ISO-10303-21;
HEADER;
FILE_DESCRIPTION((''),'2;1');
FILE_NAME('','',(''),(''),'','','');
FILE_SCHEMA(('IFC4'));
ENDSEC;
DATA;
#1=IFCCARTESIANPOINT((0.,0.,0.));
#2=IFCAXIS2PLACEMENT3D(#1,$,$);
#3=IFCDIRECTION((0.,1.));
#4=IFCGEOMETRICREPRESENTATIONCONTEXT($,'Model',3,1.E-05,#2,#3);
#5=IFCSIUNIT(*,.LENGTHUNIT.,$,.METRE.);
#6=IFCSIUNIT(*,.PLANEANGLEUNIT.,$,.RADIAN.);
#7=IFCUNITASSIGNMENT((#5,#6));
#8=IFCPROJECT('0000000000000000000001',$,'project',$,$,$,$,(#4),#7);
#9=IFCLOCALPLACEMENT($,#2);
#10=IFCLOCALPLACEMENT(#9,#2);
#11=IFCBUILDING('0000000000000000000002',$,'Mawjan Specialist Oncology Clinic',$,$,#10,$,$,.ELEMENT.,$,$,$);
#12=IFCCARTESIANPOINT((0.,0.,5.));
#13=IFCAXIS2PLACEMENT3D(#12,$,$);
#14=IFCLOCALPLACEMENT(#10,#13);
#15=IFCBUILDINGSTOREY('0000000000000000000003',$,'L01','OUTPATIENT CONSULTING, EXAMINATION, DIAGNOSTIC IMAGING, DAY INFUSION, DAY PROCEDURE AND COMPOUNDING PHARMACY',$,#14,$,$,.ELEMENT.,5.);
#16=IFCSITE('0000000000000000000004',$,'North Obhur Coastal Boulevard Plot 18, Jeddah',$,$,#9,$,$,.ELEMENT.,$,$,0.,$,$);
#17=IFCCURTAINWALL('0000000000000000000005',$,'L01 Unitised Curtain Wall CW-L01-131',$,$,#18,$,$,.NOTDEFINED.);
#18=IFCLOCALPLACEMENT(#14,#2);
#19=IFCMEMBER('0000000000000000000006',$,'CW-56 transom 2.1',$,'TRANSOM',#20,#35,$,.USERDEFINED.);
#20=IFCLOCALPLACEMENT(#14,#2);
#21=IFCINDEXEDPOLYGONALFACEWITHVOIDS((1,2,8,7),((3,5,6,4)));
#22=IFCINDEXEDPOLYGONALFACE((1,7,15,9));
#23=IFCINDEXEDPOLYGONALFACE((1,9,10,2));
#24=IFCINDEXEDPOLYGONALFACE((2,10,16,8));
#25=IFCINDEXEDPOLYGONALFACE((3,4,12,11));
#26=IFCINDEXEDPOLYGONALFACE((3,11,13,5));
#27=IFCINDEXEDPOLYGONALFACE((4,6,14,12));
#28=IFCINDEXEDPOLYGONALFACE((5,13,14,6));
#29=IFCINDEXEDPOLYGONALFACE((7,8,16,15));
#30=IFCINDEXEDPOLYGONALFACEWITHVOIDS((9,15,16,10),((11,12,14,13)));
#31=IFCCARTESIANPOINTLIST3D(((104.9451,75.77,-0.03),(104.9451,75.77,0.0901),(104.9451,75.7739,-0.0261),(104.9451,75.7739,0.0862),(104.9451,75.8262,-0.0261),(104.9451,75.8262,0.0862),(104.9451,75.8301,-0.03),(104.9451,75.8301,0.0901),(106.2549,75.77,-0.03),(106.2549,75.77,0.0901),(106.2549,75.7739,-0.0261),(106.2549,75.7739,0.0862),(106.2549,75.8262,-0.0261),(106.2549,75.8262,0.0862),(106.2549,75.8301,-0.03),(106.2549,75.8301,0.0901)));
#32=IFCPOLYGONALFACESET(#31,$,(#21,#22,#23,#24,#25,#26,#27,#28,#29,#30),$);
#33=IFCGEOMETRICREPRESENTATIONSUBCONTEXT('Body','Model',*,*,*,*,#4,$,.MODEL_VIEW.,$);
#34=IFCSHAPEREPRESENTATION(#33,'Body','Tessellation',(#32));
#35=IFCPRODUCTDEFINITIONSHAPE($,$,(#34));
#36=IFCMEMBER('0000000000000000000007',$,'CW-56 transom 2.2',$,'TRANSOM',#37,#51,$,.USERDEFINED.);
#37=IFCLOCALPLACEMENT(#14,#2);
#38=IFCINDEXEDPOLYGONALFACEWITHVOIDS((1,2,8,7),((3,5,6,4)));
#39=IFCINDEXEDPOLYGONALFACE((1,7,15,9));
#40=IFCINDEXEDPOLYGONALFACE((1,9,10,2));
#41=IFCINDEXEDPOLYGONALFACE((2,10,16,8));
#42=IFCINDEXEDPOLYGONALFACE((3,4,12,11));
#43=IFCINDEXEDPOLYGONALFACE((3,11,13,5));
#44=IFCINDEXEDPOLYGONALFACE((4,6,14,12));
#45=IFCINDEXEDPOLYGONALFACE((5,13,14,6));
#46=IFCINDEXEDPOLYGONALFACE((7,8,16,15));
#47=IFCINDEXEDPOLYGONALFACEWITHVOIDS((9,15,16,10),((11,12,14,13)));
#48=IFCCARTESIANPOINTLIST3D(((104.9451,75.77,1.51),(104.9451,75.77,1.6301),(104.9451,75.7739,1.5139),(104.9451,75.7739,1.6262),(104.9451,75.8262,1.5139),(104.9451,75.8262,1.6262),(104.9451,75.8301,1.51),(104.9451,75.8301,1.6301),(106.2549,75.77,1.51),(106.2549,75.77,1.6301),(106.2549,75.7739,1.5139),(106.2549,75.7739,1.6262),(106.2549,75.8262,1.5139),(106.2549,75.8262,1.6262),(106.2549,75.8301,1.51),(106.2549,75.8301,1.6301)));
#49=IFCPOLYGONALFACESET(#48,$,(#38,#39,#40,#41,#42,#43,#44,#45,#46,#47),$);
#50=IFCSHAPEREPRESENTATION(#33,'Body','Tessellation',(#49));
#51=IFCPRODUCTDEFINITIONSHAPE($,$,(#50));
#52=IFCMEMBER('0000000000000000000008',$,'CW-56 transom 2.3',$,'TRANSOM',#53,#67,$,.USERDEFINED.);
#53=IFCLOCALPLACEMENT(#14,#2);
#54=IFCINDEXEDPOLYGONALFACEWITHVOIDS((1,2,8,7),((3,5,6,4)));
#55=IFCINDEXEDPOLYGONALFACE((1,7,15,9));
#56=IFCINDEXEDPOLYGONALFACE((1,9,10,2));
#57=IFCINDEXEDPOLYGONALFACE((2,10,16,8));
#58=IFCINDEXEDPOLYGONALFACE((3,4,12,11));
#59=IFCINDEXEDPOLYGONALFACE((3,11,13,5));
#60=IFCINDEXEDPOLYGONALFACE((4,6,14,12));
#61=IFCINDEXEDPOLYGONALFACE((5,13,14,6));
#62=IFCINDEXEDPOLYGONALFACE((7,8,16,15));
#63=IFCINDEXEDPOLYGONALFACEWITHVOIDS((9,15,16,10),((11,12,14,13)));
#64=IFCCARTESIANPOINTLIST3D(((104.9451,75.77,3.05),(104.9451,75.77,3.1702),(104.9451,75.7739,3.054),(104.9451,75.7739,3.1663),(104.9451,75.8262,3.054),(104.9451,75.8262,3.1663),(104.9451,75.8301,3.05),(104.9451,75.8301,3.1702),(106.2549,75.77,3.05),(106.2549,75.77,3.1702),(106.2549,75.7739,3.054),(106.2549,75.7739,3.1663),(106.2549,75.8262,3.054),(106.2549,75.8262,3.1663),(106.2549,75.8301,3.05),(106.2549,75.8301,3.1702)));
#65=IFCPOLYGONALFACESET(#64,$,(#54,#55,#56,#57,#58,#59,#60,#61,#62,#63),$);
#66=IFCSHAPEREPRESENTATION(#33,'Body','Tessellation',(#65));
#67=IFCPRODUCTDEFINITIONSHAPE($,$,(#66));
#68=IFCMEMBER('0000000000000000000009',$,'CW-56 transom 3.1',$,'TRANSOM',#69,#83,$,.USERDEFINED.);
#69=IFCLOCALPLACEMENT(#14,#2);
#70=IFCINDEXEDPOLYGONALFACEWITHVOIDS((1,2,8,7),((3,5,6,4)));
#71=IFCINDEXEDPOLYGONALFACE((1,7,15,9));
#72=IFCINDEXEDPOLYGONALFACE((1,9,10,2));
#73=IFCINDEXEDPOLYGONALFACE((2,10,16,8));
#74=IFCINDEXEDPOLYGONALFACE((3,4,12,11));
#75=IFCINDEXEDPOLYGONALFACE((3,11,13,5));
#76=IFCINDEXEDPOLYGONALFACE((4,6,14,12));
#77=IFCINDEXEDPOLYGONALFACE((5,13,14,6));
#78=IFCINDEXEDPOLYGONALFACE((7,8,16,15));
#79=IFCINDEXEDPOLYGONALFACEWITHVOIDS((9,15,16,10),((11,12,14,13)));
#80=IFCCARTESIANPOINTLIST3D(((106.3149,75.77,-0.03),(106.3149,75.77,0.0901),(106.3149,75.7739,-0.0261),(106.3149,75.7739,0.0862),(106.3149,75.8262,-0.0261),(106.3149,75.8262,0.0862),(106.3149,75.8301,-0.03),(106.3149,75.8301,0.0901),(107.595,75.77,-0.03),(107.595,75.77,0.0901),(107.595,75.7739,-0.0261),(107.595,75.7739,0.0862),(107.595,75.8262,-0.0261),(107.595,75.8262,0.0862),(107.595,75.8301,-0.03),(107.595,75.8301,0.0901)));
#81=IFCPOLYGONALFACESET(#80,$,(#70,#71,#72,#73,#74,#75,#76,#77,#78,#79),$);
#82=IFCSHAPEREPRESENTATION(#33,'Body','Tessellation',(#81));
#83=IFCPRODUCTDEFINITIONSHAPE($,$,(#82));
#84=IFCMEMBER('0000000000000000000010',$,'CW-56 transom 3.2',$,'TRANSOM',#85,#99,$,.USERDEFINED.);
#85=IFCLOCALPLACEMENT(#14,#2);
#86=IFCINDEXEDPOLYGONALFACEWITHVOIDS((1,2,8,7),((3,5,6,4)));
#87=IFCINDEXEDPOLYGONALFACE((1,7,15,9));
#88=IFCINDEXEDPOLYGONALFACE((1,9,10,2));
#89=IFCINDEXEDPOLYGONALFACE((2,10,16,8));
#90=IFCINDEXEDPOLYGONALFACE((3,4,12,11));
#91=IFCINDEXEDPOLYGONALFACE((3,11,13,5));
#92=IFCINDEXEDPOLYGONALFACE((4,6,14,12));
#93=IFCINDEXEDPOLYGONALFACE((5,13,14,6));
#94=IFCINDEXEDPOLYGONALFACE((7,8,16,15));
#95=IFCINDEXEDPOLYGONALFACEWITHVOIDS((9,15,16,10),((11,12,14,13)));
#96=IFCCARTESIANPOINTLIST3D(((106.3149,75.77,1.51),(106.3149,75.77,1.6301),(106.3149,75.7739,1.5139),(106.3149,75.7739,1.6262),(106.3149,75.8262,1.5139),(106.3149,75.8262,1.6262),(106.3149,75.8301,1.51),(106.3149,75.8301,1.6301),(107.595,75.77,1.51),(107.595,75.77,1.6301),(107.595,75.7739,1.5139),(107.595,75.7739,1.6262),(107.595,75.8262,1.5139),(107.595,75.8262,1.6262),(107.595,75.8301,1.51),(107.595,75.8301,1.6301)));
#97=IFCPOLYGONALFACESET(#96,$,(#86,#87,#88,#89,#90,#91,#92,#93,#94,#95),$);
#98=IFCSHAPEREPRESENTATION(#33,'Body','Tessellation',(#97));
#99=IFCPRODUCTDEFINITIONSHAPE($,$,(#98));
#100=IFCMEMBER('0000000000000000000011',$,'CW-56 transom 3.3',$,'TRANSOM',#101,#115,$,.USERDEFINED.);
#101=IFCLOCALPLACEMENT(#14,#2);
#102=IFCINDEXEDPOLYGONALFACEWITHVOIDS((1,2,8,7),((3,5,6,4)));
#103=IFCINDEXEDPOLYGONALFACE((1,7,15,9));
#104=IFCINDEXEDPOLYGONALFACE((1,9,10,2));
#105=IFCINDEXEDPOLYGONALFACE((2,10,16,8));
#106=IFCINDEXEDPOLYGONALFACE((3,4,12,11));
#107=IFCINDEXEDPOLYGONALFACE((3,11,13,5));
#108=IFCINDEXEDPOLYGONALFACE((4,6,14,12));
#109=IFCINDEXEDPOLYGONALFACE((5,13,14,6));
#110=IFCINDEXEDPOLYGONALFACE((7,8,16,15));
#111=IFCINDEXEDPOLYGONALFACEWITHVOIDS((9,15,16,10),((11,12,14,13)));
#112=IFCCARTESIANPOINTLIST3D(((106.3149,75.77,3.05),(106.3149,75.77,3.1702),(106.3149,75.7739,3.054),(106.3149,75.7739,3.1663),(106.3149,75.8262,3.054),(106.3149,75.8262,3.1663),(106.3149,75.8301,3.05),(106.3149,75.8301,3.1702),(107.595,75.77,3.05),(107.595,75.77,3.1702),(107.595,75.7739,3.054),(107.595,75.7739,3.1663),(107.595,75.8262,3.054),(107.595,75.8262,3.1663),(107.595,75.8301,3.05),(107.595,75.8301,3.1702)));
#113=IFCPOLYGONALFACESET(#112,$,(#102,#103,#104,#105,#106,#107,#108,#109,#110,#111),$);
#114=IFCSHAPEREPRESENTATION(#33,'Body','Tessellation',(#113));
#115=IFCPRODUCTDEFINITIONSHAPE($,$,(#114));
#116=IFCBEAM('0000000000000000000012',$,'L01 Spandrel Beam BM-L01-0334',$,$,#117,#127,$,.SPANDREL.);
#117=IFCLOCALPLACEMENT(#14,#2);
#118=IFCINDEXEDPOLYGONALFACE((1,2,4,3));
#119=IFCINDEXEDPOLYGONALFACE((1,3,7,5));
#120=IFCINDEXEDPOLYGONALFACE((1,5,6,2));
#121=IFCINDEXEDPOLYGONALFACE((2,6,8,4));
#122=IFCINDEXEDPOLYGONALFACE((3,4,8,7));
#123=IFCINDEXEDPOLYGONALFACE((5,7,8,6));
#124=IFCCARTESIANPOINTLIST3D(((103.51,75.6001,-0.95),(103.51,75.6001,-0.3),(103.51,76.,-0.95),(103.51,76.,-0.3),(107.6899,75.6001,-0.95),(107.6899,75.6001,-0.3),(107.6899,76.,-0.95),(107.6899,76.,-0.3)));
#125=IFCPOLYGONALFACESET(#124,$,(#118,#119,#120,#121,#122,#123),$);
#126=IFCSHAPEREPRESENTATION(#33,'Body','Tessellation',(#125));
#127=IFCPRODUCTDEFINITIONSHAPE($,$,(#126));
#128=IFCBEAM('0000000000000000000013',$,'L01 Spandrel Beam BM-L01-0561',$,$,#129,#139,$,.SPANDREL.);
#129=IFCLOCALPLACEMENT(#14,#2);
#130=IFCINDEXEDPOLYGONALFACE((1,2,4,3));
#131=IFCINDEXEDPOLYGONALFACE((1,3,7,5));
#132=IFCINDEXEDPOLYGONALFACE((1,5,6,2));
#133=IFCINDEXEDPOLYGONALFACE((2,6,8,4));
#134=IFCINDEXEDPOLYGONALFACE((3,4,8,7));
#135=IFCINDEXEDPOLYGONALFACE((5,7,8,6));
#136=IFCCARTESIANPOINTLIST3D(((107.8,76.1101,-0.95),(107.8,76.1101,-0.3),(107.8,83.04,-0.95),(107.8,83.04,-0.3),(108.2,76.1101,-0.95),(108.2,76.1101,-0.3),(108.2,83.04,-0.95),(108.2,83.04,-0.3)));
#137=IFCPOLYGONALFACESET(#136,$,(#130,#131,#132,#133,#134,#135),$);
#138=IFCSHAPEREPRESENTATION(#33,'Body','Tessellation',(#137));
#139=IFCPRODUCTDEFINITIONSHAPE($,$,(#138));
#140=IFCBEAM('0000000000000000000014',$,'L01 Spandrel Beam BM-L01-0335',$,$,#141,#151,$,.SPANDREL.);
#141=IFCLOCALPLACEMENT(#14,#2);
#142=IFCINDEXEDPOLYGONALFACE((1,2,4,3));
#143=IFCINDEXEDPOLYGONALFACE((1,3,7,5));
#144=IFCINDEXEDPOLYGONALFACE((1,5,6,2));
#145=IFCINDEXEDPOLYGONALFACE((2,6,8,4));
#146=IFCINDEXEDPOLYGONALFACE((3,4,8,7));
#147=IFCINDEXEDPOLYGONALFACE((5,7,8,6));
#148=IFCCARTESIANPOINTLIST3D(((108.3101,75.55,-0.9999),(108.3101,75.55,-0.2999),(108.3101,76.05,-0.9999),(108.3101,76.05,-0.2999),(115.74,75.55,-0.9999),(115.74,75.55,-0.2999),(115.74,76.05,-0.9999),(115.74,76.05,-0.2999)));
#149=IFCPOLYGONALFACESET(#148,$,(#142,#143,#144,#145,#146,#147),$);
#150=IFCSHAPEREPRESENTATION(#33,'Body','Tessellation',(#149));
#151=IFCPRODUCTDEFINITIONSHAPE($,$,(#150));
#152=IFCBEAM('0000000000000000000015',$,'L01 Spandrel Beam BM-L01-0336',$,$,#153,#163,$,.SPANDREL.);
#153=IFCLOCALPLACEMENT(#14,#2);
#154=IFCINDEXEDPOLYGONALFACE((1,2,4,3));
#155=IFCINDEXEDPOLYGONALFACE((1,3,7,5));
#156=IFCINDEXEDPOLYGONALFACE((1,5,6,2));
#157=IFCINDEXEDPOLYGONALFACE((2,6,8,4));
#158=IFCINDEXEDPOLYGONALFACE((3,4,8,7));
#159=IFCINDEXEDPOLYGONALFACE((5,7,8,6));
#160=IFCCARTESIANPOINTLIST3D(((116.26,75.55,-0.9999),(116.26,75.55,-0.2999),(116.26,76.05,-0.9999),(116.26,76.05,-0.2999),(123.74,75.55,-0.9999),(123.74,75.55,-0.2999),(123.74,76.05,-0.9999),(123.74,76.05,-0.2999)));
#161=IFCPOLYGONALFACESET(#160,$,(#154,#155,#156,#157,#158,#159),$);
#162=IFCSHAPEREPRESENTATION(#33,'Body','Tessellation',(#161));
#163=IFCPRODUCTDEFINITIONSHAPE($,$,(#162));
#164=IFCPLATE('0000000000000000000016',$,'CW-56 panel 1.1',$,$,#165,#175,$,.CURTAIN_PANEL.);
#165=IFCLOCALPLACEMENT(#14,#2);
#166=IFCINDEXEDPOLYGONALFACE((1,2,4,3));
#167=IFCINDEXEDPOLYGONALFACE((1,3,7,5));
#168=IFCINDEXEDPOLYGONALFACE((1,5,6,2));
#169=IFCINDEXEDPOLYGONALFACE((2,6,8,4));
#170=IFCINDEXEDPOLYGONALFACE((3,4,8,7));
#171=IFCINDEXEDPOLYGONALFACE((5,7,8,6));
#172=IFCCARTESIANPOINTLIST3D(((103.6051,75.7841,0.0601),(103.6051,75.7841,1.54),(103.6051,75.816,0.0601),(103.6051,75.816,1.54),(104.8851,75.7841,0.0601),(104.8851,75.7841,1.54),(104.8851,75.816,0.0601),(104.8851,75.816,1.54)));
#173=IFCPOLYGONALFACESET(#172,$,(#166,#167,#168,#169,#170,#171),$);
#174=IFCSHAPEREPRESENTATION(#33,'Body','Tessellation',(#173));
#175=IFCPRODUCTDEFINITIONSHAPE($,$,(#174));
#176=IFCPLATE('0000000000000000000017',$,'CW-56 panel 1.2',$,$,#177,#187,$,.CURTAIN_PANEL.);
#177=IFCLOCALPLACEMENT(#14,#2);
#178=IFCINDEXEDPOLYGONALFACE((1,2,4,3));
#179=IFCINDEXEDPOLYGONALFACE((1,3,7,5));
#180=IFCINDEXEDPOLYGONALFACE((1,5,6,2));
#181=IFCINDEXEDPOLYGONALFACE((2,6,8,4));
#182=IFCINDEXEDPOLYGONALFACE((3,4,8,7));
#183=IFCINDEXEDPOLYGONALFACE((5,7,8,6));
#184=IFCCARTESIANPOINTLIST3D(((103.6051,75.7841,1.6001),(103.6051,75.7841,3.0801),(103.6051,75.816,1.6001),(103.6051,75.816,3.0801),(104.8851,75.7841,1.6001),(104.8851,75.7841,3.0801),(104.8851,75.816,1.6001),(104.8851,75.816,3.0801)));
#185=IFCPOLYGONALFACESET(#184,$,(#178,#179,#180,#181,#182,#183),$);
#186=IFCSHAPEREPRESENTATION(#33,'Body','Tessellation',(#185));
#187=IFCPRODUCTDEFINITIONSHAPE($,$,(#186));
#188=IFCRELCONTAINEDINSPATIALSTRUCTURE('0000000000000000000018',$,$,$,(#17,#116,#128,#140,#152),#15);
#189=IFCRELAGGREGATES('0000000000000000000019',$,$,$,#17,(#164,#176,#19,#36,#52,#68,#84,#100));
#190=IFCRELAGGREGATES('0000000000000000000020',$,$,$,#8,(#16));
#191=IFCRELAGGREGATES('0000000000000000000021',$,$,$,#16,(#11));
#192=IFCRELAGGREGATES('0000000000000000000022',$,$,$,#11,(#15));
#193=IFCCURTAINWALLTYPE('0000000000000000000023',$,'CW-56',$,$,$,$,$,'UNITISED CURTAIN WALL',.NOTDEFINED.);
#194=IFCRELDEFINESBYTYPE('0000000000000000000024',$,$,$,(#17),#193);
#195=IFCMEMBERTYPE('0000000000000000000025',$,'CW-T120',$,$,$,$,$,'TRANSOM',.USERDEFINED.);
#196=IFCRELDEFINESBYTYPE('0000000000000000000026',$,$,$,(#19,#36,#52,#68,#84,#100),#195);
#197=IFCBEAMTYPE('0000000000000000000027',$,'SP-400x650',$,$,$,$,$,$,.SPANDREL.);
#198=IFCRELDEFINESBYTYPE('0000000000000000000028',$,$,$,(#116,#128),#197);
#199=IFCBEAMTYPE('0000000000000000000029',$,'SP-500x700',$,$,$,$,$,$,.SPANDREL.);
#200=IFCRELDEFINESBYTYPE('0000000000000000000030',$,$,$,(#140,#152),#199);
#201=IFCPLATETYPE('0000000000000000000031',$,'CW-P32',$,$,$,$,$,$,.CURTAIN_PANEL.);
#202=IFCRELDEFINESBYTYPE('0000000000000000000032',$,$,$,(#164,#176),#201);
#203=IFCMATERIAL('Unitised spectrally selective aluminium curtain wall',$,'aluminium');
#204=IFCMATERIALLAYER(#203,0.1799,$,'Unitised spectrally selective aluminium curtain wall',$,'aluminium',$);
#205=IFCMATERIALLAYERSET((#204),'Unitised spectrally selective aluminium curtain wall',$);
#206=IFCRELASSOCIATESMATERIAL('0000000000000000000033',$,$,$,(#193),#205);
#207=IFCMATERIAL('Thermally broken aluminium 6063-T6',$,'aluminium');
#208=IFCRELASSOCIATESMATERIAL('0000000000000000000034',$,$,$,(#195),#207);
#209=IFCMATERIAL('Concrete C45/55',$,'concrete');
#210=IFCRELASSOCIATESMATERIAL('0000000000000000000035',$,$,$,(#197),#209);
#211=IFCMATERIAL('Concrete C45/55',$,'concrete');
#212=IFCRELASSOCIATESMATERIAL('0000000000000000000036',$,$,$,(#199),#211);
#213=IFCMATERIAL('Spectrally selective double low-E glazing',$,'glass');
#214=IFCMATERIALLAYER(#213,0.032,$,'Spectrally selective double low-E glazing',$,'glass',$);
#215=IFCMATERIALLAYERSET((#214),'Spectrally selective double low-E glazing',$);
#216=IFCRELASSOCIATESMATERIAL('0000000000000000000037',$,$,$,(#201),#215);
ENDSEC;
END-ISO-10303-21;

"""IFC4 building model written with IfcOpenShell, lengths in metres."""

from ifc_helpers import new_model, si_unit, direction, frame, origin, origin_2d, place, context, subcontext, project, spatial, rectangle, hollow_rectangle, extrude, material, layer, layer_set, material_profile, profile_set, type_object, element, aggregate, save


model = new_model("IFC4")

# Units and contexts
model_context = context("Model", 3, precision=1e-05, world=origin(), true_north=direction((0.0, 1.0)))
body_context = subcontext(model_context, "Body", "Model", "MODEL_VIEW")
ifc_project = project(units=[si_unit("LENGTHUNIT", "METRE"), si_unit("PLANEANGLEUNIT", "RADIAN")], contexts=[model_context])

# Site, building, storey
site_placement = place(None, origin())
site = spatial("IfcSite", under=ifc_project, at=site_placement, Name="North Obhur Coastal Boulevard Plot 18, Jeddah", CompositionType="ELEMENT", RefElevation=0.0)
building_placement = place(site_placement, origin())
building = spatial("IfcBuilding", under=site, at=building_placement, Name="Mawjan Specialist Oncology Clinic", CompositionType="ELEMENT")
storey_placement = place(building_placement, frame((0.0, 0.0, 5.0)))
storey = spatial("IfcBuildingStorey", under=building, at=storey_placement, Name="L01", Description="OUTPATIENT CONSULTING, EXAMINATION, DIAGNOSTIC IMAGING, DAY INFUSION, DAY PROCEDURE AND COMPOUNDING PHARMACY", CompositionType="ELEMENT", Elevation=5.0)

# Curtain wall, members
ifc_material_1 = material(Name="Unitised spectrally selective aluminium curtain wall", Category="aluminium")
ifc_layer_1 = layer(ifc_material_1, 0.1799, Name="Unitised spectrally selective aluminium curtain wall", Category="aluminium")
ifc_layer_set_1 = layer_set([ifc_layer_1], Name="Unitised spectrally selective aluminium curtain wall")
curtain_wall_type = type_object("IfcCurtainWallType", Name="CW-56", ElementType="UNITISED CURTAIN WALL", PredefinedType="NOTDEFINED", material=ifc_layer_set_1)
curtain_wall_placement = place(storey_placement, origin())
curtain_wall = element("IfcCurtainWall", 1, at=curtain_wall_placement, inside=storey, type_object=curtain_wall_type, Name="L01 Unitised Curtain Wall CW-L01-131", PredefinedType="NOTDEFINED")
ifc_material_2 = material(Name="Thermally broken aluminium 6063-T6", Category="aluminium")
ifc_material_profile_1 = material_profile(ifc_material_2, hollow_rectangle(XDim=0.0601, YDim=0.1201, WallThickness=0.0039, at=origin_2d()), Name="ALU TRANSOM 120x60x4", Category="aluminium")
ifc_profile_set_1 = profile_set([ifc_material_profile_1], Name="Thermally broken aluminium 6063-T6")
member_type_1 = type_object("IfcMemberType", Name="CW-T120", ElementType="TRANSOM", PredefinedType="USERDEFINED", material=ifc_profile_set_1)
member_1_placement = place(storey_placement, frame((104.9451, 75.8, 0.03), z_axis=(1.0, 0.0, 0.0), x_axis=(0.0, 1.0, 0.0)))
member_1 = element("IfcMember", 2, at=member_1_placement, type_object=member_type_1, Name="CW-56 transom 2.1", ObjectType="TRANSOM", PredefinedType="USERDEFINED", context=body_context, shape_type="SweptSolid", body=[
    extrude(hollow_rectangle(XDim=0.0601, YDim=0.1201, WallThickness=0.0039, at=origin_2d()), origin(), (0.0, 0.0, 1.0), 1.3098),
])
member_2_placement = place(storey_placement, frame((104.9451, 75.8, 1.5701), z_axis=(1.0, 0.0, 0.0), x_axis=(0.0, 1.0, 0.0)))
member_2 = element("IfcMember", 3, at=member_2_placement, type_object=member_type_1, Name="CW-56 transom 2.2", ObjectType="TRANSOM", PredefinedType="USERDEFINED", context=body_context, shape_type="SweptSolid", body=[
    extrude(hollow_rectangle(XDim=0.0601, YDim=0.1201, WallThickness=0.0039, at=origin_2d()), origin(), (0.0, 0.0, 1.0), 1.3098),
])
member_3_placement = place(storey_placement, frame((104.9451, 75.8, 3.1101), z_axis=(1.0, 0.0, 0.0), x_axis=(0.0, 1.0, 0.0)))
member_3 = element("IfcMember", 4, at=member_3_placement, type_object=member_type_1, Name="CW-56 transom 2.3", ObjectType="TRANSOM", PredefinedType="USERDEFINED", context=body_context, shape_type="SweptSolid", body=[
    extrude(hollow_rectangle(XDim=0.0601, YDim=0.1201, WallThickness=0.0039, at=origin_2d()), origin(), (0.0, 0.0, 1.0), 1.3098),
])
member_4_placement = place(storey_placement, frame((106.3149, 75.8, 0.03), z_axis=(1.0, 0.0, 0.0), x_axis=(0.0, 1.0, 0.0)))
member_4 = element("IfcMember", 5, at=member_4_placement, type_object=member_type_1, Name="CW-56 transom 3.1", ObjectType="TRANSOM", PredefinedType="USERDEFINED", context=body_context, shape_type="SweptSolid", body=[
    extrude(hollow_rectangle(XDim=0.0601, YDim=0.1201, WallThickness=0.0039, at=origin_2d()), origin(), (0.0, 0.0, 1.0), 1.28),
])
member_5_placement = place(storey_placement, frame((106.3149, 75.8, 1.5701), z_axis=(1.0, 0.0, 0.0), x_axis=(0.0, 1.0, 0.0)))
member_5 = element("IfcMember", 6, at=member_5_placement, type_object=member_type_1, Name="CW-56 transom 3.2", ObjectType="TRANSOM", PredefinedType="USERDEFINED", context=body_context, shape_type="SweptSolid", body=[
    extrude(hollow_rectangle(XDim=0.0601, YDim=0.1201, WallThickness=0.0039, at=origin_2d()), origin(), (0.0, 0.0, 1.0), 1.28),
])
member_6_placement = place(storey_placement, frame((106.3149, 75.8, 3.1101), z_axis=(1.0, 0.0, 0.0), x_axis=(0.0, 1.0, 0.0)))
member_6 = element("IfcMember", 7, at=member_6_placement, type_object=member_type_1, Name="CW-56 transom 3.3", ObjectType="TRANSOM", PredefinedType="USERDEFINED", context=body_context, shape_type="SweptSolid", body=[
    extrude(hollow_rectangle(XDim=0.0601, YDim=0.1201, WallThickness=0.0039, at=origin_2d()), origin(), (0.0, 0.0, 1.0), 1.28),
])

# Beams
ifc_material_3 = material(Name="Concrete C45/55", Category="concrete")
ifc_material_profile_2 = material_profile(ifc_material_3, rectangle(XDim=0.3999, YDim=0.6499, at=origin_2d()), Name="RC BM 400x650", Category="concrete")
ifc_profile_set_2 = profile_set([ifc_material_profile_2], Name="Concrete C45/55")
beam_type_1 = type_object("IfcBeamType", Name="SP-400x650", PredefinedType="SPANDREL", material=ifc_profile_set_2)
beam_1_placement = place(storey_placement, frame((103.51, 75.8, -0.625), z_axis=(1.0, 0.0, 0.0), x_axis=(0.0, 1.0, 0.0)))
element("IfcBeam", 8, at=beam_1_placement, inside=storey, type_object=beam_type_1, Name="L01 Spandrel Beam BM-L01-0334", PredefinedType="SPANDREL", context=body_context, shape_type="SweptSolid", body=[
    extrude(rectangle(XDim=0.3999, YDim=0.6499, at=origin_2d()), origin(), (0.0, 0.0, 1.0), 4.1799),
])
beam_2_placement = place(storey_placement, frame((108.0, 76.1101, -0.625), z_axis=(0.0, 1.0, 0.0), x_axis=(-1.0, 0.0, 0.0)))
element("IfcBeam", 9, at=beam_2_placement, inside=storey, type_object=beam_type_1, Name="L01 Spandrel Beam BM-L01-0561", PredefinedType="SPANDREL", context=body_context, shape_type="SweptSolid", body=[
    extrude(rectangle(XDim=0.3999, YDim=0.6499, at=origin_2d()), origin(), (0.0, 0.0, 1.0), 6.9299),
])
ifc_material_4 = material(Name="Concrete C45/55", Category="concrete")
ifc_material_profile_3 = material_profile(ifc_material_4, rectangle(XDim=0.5, YDim=0.7, at=origin_2d()), Name="RC BM 500x700", Category="concrete")
ifc_profile_set_3 = profile_set([ifc_material_profile_3], Name="Concrete C45/55")
beam_type_2 = type_object("IfcBeamType", Name="SP-500x700", PredefinedType="SPANDREL", material=ifc_profile_set_3)
beam_3_placement = place(storey_placement, frame((108.3101, 75.8, -0.6499), z_axis=(1.0, 0.0, 0.0), x_axis=(0.0, 1.0, 0.0)))
element("IfcBeam", 10, at=beam_3_placement, inside=storey, type_object=beam_type_2, Name="L01 Spandrel Beam BM-L01-0335", PredefinedType="SPANDREL", context=body_context, shape_type="SweptSolid", body=[
    extrude(rectangle(XDim=0.5, YDim=0.7, at=origin_2d()), origin(), (0.0, 0.0, 1.0), 7.4299),
])
beam_4_placement = place(storey_placement, frame((116.26, 75.8, -0.6499), z_axis=(1.0, 0.0, 0.0), x_axis=(0.0, 1.0, 0.0)))
element("IfcBeam", 11, at=beam_4_placement, inside=storey, type_object=beam_type_2, Name="L01 Spandrel Beam BM-L01-0336", PredefinedType="SPANDREL", context=body_context, shape_type="SweptSolid", body=[
    extrude(rectangle(XDim=0.5, YDim=0.7, at=origin_2d()), origin(), (0.0, 0.0, 1.0), 7.48),
])

# Plates
ifc_material_5 = material(Name="Spectrally selective double low-E glazing", Category="glass")
ifc_layer_2 = layer(ifc_material_5, 0.032, Name="Spectrally selective double low-E glazing", Category="glass")
ifc_layer_set_2 = layer_set([ifc_layer_2], Name="Spectrally selective double low-E glazing")
plate_type_1 = type_object("IfcPlateType", Name="CW-P32", PredefinedType="CURTAIN_PANEL", material=ifc_layer_set_2)
plate_1_placement = place(storey_placement, frame((104.2451, 75.8, 0.0601), z_axis=(0.0, 0.0, 1.0), x_axis=(1.0, 0.0, 0.0)))
plate_1 = element("IfcPlate", 12, at=plate_1_placement, type_object=plate_type_1, Name="CW-56 panel 1.1", PredefinedType="CURTAIN_PANEL", context=body_context, shape_type="SweptSolid", body=[
    extrude(rectangle(XDim=1.28, YDim=0.032, at=origin_2d()), origin(), (0.0, 0.0, 1.0), 1.48),
])
plate_2_placement = place(storey_placement, frame((104.2451, 75.8, 1.6001), z_axis=(0.0, 0.0, 1.0), x_axis=(1.0, 0.0, 0.0)))
plate_2 = element("IfcPlate", 13, at=plate_2_placement, type_object=plate_type_1, Name="CW-56 panel 1.2", PredefinedType="CURTAIN_PANEL", context=body_context, shape_type="SweptSolid", body=[
    extrude(rectangle(XDim=1.28, YDim=0.032, at=origin_2d()), origin(), (0.0, 0.0, 1.0), 1.48),
])
aggregate(curtain_wall, [plate_1, plate_2, member_1, member_2, member_3, member_4, member_5, member_6])

save(model, "model.ifc")
